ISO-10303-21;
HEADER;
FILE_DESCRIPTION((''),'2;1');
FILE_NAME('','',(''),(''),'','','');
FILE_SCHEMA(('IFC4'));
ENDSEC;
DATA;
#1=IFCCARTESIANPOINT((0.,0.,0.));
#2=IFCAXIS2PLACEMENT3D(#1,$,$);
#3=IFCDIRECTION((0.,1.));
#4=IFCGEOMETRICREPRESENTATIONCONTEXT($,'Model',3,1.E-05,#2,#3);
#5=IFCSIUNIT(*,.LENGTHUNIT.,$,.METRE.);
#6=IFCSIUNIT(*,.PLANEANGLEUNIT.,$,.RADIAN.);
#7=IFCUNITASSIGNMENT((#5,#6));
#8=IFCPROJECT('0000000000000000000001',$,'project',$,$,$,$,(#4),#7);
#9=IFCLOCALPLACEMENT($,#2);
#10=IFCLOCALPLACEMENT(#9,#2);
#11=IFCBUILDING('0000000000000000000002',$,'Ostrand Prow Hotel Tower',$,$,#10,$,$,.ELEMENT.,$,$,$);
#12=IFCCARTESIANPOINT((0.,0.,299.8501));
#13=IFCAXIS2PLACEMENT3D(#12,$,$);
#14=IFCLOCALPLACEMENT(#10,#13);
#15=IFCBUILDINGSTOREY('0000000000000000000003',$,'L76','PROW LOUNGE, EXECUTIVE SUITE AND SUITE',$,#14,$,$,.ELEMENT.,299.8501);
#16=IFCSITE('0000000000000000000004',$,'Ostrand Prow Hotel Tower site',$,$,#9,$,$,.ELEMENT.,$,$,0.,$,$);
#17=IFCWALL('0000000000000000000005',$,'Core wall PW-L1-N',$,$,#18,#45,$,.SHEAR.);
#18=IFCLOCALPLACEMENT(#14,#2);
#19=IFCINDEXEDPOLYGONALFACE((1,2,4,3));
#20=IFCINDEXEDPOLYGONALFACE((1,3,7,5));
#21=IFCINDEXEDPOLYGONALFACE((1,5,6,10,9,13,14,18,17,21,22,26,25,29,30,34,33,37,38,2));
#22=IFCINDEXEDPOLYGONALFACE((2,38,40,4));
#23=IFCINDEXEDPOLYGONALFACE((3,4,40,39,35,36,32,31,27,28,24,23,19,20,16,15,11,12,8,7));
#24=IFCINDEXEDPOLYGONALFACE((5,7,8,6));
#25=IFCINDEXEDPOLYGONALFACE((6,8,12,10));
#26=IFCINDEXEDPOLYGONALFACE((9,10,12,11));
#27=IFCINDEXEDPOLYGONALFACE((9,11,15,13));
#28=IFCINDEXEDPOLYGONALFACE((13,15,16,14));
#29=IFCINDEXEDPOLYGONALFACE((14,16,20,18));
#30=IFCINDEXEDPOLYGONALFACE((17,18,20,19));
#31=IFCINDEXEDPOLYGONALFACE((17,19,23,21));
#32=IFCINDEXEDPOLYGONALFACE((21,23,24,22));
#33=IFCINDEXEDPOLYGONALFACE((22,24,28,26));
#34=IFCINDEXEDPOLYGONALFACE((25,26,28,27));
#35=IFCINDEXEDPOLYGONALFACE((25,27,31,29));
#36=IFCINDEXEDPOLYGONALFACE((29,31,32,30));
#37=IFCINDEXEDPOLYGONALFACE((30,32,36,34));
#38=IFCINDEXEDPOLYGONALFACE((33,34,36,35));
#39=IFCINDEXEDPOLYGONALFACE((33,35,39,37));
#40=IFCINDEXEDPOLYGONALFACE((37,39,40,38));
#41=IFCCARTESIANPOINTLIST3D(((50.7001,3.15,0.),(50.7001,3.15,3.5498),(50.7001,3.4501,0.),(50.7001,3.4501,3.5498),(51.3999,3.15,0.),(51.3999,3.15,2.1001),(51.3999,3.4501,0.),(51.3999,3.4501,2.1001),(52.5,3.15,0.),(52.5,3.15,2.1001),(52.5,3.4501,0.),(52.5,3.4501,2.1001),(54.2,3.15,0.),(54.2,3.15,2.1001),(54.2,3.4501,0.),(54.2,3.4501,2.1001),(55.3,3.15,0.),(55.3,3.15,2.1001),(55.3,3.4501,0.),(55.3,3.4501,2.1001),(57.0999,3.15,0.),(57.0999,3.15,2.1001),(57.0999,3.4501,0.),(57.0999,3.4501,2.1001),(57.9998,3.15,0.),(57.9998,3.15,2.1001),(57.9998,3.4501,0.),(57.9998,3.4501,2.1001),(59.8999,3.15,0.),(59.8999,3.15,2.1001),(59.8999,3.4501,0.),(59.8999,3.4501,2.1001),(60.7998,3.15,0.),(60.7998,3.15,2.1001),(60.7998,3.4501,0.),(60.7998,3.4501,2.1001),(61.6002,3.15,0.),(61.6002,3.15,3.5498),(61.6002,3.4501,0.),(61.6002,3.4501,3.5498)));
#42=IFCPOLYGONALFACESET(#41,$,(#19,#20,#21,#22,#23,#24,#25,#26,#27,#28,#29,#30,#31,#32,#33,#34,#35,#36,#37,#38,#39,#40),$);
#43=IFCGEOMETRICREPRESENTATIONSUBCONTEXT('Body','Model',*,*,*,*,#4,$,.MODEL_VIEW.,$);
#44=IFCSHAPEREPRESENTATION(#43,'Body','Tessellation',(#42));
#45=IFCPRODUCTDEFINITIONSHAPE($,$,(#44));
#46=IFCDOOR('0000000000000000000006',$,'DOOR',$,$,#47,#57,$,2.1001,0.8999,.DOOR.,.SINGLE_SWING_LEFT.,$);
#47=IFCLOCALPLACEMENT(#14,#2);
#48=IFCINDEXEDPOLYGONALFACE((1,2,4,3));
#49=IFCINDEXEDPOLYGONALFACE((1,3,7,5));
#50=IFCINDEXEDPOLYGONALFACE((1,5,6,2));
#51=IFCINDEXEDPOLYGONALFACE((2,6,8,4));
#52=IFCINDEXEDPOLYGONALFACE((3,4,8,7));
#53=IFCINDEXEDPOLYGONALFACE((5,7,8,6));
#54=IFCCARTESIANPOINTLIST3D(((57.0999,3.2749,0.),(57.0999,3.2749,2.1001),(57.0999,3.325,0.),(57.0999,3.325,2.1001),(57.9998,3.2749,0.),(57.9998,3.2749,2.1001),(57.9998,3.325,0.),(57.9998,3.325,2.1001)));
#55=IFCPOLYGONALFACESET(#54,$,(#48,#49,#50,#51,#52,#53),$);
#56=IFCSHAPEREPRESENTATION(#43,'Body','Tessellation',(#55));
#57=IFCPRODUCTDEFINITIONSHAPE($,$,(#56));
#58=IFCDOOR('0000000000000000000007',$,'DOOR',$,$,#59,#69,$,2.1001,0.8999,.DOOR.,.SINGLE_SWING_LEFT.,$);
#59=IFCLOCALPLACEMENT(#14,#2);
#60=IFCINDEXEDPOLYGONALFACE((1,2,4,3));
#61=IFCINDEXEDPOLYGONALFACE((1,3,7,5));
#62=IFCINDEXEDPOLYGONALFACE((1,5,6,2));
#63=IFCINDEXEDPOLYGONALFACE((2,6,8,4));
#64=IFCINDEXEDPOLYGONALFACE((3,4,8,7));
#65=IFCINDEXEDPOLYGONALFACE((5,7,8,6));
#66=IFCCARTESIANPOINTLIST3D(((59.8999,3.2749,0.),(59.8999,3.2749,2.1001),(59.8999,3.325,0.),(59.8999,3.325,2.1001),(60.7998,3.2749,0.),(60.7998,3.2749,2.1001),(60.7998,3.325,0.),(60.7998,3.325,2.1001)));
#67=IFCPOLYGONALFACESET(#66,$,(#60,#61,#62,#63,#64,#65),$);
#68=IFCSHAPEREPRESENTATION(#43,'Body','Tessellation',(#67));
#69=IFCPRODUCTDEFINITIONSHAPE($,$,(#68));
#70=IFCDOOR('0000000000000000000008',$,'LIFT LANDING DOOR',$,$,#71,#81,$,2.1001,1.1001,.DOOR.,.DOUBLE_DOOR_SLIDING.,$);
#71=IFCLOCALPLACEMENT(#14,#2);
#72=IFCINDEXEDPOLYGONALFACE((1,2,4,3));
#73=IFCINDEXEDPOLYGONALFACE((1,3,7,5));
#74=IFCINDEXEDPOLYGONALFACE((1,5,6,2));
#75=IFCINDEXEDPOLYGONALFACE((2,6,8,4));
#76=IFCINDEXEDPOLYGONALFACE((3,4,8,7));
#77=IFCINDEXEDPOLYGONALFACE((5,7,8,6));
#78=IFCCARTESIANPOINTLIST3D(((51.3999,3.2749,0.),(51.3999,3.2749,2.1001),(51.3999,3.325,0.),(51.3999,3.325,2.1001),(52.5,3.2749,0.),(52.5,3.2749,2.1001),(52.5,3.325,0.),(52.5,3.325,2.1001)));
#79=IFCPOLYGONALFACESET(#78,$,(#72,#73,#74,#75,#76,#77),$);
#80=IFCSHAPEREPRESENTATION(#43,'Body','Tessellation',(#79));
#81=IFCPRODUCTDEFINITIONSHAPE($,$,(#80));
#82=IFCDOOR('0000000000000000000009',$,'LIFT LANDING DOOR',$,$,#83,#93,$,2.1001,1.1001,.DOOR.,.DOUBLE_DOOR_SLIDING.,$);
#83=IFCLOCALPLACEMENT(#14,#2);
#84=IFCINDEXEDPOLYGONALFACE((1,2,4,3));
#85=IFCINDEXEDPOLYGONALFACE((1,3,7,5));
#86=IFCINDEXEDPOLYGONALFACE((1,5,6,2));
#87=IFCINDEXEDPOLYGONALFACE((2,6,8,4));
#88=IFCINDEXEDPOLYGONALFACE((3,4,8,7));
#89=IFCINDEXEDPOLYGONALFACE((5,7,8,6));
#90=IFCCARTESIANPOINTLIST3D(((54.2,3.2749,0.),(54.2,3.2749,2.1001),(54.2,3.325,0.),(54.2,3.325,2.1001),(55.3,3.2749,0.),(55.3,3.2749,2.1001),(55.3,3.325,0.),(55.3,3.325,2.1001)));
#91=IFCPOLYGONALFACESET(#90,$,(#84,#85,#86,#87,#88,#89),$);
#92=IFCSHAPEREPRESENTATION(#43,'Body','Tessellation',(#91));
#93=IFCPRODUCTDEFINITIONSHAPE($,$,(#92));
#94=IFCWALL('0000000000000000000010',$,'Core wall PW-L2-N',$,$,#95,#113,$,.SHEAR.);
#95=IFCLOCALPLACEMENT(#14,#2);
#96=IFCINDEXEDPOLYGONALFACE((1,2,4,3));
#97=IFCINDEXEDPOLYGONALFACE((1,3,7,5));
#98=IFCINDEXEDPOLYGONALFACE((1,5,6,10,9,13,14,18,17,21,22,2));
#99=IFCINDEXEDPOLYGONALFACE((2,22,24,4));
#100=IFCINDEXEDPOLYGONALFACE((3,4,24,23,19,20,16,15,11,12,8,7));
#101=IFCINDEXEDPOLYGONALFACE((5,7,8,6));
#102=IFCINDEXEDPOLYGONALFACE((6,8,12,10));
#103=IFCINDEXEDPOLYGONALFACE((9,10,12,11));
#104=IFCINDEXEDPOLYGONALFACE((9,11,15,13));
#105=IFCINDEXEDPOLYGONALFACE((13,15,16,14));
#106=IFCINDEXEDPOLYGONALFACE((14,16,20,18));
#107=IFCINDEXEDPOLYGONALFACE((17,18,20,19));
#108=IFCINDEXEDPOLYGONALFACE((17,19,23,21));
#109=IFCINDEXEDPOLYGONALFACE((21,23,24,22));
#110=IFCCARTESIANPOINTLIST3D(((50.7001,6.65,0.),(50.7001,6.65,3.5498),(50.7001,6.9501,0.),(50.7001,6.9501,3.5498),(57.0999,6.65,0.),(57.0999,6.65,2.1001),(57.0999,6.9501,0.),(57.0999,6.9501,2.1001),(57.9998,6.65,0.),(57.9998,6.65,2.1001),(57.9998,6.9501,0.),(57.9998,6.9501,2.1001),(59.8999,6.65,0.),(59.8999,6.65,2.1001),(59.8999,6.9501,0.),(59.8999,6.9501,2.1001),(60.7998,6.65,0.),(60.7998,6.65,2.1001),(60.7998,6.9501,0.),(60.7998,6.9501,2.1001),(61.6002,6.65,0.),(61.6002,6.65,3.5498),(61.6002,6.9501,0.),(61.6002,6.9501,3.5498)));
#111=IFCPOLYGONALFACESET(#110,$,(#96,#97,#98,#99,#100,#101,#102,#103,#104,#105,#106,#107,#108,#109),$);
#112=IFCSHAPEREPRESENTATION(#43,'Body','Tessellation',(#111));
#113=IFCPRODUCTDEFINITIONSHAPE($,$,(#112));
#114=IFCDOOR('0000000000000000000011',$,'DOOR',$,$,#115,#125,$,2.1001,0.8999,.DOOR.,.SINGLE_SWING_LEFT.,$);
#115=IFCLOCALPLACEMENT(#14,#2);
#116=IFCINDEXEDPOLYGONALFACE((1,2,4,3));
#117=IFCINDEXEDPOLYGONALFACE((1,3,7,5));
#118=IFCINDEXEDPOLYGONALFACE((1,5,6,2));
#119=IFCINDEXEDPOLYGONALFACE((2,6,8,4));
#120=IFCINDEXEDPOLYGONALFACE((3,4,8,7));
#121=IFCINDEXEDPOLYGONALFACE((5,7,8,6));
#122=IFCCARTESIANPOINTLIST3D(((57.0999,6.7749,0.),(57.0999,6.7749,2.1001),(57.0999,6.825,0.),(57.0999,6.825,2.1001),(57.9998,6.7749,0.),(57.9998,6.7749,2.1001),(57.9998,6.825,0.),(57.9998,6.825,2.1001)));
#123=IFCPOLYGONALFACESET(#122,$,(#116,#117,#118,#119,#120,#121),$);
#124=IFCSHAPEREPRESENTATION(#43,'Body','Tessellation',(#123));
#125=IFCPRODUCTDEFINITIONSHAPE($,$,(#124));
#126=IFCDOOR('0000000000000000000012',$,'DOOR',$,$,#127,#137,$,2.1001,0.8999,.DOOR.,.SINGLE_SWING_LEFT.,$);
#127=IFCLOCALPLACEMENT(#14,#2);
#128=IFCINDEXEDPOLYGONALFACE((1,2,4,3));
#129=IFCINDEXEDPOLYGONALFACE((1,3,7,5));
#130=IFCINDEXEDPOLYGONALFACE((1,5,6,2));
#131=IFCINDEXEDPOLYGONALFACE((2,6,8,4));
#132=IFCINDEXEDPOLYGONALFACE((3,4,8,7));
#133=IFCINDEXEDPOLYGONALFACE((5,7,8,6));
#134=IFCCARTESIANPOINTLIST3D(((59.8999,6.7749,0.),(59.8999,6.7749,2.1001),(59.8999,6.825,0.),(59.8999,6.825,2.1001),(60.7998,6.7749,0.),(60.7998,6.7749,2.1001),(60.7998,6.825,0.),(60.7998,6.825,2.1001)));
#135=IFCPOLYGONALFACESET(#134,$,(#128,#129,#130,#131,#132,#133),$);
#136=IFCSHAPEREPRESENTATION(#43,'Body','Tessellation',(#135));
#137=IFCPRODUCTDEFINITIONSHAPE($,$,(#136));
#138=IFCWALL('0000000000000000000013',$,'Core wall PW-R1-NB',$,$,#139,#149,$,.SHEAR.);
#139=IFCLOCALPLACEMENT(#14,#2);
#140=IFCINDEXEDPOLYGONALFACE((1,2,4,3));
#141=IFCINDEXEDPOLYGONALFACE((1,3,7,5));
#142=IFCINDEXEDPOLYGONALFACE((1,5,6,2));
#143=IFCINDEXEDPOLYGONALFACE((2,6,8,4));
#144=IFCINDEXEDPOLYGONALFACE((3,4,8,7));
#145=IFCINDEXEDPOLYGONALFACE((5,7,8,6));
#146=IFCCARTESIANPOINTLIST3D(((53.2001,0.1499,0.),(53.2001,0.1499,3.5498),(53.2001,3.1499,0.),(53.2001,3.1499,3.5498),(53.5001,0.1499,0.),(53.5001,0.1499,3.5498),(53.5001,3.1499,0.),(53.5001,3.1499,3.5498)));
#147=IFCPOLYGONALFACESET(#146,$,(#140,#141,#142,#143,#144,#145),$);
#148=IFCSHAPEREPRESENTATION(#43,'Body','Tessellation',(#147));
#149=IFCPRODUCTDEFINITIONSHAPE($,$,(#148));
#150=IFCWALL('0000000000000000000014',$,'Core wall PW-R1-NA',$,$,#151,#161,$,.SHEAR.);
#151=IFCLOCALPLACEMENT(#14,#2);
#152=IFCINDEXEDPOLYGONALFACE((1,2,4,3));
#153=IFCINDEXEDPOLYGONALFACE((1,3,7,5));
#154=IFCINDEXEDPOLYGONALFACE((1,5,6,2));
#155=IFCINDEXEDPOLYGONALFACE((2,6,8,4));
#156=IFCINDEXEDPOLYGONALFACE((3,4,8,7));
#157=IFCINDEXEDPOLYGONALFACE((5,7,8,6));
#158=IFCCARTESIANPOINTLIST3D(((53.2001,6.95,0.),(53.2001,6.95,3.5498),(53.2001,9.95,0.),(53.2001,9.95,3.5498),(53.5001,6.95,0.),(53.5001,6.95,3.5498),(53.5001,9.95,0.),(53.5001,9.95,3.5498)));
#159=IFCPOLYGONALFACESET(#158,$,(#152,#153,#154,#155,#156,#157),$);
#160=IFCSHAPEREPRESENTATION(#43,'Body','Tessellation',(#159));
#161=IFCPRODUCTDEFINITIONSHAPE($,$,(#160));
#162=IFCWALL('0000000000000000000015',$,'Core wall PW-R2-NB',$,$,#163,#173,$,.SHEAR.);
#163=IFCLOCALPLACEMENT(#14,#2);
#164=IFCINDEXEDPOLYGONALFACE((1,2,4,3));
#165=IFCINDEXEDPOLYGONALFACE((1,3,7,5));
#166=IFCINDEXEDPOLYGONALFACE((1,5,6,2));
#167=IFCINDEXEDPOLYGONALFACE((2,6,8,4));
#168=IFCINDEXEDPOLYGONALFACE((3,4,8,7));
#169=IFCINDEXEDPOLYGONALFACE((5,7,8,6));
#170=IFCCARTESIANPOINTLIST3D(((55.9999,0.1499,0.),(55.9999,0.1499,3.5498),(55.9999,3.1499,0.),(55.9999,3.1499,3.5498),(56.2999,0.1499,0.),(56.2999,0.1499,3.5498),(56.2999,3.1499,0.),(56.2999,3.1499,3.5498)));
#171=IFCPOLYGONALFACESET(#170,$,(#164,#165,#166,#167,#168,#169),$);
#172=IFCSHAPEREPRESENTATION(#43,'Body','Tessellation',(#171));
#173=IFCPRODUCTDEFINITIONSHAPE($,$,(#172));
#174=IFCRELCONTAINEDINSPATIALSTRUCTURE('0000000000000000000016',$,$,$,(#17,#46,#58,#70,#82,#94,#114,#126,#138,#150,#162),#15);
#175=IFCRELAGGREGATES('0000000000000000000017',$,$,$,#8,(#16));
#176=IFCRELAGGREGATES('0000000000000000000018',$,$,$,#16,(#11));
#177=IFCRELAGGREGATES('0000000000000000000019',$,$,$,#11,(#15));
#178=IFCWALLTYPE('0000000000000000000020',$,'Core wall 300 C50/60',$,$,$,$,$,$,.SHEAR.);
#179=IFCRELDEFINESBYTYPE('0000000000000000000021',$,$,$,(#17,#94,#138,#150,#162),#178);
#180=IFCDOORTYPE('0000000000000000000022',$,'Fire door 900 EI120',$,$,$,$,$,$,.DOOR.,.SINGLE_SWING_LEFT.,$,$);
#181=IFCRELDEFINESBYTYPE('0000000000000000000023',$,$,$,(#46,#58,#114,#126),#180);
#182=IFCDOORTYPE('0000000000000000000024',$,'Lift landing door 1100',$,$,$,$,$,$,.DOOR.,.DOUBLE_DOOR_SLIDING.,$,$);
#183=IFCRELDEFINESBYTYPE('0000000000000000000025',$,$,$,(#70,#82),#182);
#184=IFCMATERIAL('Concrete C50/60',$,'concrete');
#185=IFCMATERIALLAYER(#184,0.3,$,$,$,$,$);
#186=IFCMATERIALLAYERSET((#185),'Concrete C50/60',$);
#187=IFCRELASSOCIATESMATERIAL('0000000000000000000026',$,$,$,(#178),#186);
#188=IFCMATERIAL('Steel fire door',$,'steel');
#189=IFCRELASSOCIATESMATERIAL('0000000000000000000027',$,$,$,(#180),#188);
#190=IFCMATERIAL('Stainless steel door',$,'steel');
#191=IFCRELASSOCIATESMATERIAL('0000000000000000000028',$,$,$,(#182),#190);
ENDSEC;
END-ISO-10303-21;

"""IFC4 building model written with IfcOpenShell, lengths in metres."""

from ifc_helpers import new_model, si_unit, direction, frame, frame_2d, origin, place, context, subcontext, project, spatial, rectangle, extrude, material, layer, layer_set, type_object, element, fill, save


model = new_model("IFC4")

# Units and contexts
model_context = context("Model", 3, precision=1e-05, world=origin(), true_north=direction((0.0, 1.0)))
body_context = subcontext(model_context, "Body", "Model", "MODEL_VIEW")
ifc_project = project(units=[si_unit("LENGTHUNIT", "METRE"), si_unit("PLANEANGLEUNIT", "RADIAN")], contexts=[model_context])

# Site, building, storey
site_placement = place(None, origin())
site = spatial("IfcSite", under=ifc_project, at=site_placement, Name="Ostrand Prow Hotel Tower site", CompositionType="ELEMENT", RefElevation=0.0)
building_placement = place(site_placement, origin())
building = spatial("IfcBuilding", under=site, at=building_placement, Name="Ostrand Prow Hotel Tower", CompositionType="ELEMENT")
storey_placement = place(building_placement, frame((0.0, 0.0, 299.8501)))
storey = spatial("IfcBuildingStorey", under=building, at=storey_placement, Name="L76", Description="PROW LOUNGE, EXECUTIVE SUITE AND SUITE", CompositionType="ELEMENT", Elevation=299.8501)

# Walls, openings, doors
ifc_material_1 = material(Name="Concrete C50/60", Category="concrete")
ifc_layer_1 = layer(ifc_material_1, 0.3)
ifc_layer_set_1 = layer_set([ifc_layer_1], Name="Concrete C50/60")
wall_type_1 = type_object("IfcWallType", Name="Core wall 300 C50/60", PredefinedType="SHEAR", material=ifc_layer_set_1)
wall_1_placement = place(storey_placement, frame((50.7, 3.3, 0.0), z_axis=(0.0, 0.0, 1.0), x_axis=(1.0, 0.0, 0.0)))
wall_1 = element("IfcWall", 1, at=wall_1_placement, inside=storey, type_object=wall_type_1, Name="Core wall PW-L1-N", PredefinedType="SHEAR", context=body_context, shape_type="SweptSolid", body=[
    extrude(rectangle(XDim=10.9001, YDim=0.3, at=frame_2d((5.4502, 0.0))), origin(), (0.0, 0.0, 1.0), 3.5498),
])
opening_1_placement = place(wall_1_placement, frame((0.7, 0.0, 0.0)))
opening_1 = element("IfcOpeningElement", 2, at=opening_1_placement, cuts=wall_1, PredefinedType="OPENING", context=body_context, shape_type="SweptSolid", body=[
    extrude(rectangle(XDim=1.1001, YDim=2.1001, at=frame_2d((0.55, 1.05))), frame((0.0, 0.1599, 0.0), z_axis=(0.0, -1.0, 0.0), x_axis=(1.0, 0.0, 0.0)), (0.0, 0.0, 1.0), 0.3201),
])
opening_2_placement = place(wall_1_placement, frame((3.5, 0.0, 0.0)))
opening_2 = element("IfcOpeningElement", 3, at=opening_2_placement, cuts=wall_1, PredefinedType="OPENING", context=body_context, shape_type="SweptSolid", body=[
    extrude(rectangle(XDim=1.1001, YDim=2.1001, at=frame_2d((0.55, 1.05))), frame((0.0, 0.1599, 0.0), z_axis=(0.0, -1.0, 0.0), x_axis=(1.0, 0.0, 0.0)), (0.0, 0.0, 1.0), 0.3201),
])
opening_3_placement = place(wall_1_placement, frame((6.3999, 0.0, 0.0)))
opening_3 = element("IfcOpeningElement", 4, at=opening_3_placement, cuts=wall_1, PredefinedType="OPENING", context=body_context, shape_type="SweptSolid", body=[
    extrude(rectangle(XDim=0.8999, YDim=2.1001, at=frame_2d((0.45, 1.05))), frame((0.0, 0.1599, 0.0), z_axis=(0.0, -1.0, 0.0), x_axis=(1.0, 0.0, 0.0)), (0.0, 0.0, 1.0), 0.3201),
])
opening_4_placement = place(wall_1_placement, frame((9.2, 0.0, 0.0)))
opening_4 = element("IfcOpeningElement", 5, at=opening_4_placement, cuts=wall_1, PredefinedType="OPENING", context=body_context, shape_type="SweptSolid", body=[
    extrude(rectangle(XDim=0.8999, YDim=2.1001, at=frame_2d((0.45, 1.05))), frame((0.0, 0.1599, 0.0), z_axis=(0.0, -1.0, 0.0), x_axis=(1.0, 0.0, 0.0)), (0.0, 0.0, 1.0), 0.3201),
])
ifc_material_2 = material(Name="Steel fire door", Category="steel")
door_type_1 = type_object("IfcDoorType", Name="Fire door 900 EI120", OperationType="SINGLE_SWING_LEFT", PredefinedType="DOOR", material=ifc_material_2)
door_1_placement = place(opening_3_placement, origin())
door_1 = element("IfcDoor", 6, at=door_1_placement, inside=storey, type_object=door_type_1, Name="DOOR", OperationType="SINGLE_SWING_LEFT", OverallHeight=2.1001, OverallWidth=0.8999, PredefinedType="DOOR", context=body_context, shape_type="SweptSolid", body=[
    extrude(rectangle(XDim=0.8999, YDim=2.1001, at=frame_2d((0.45, 1.05))), frame((0.0, 0.0249, 0.0), z_axis=(0.0, -1.0, 0.0), x_axis=(1.0, 0.0, 0.0)), (0.0, 0.0, 1.0), 0.05),
])
fill(opening_3, door_1)
door_2_placement = place(opening_4_placement, origin())
door_2 = element("IfcDoor", 7, at=door_2_placement, inside=storey, type_object=door_type_1, Name="DOOR", OperationType="SINGLE_SWING_LEFT", OverallHeight=2.1001, OverallWidth=0.8999, PredefinedType="DOOR", context=body_context, shape_type="SweptSolid", body=[
    extrude(rectangle(XDim=0.8999, YDim=2.1001, at=frame_2d((0.45, 1.05))), frame((0.0, 0.0249, 0.0), z_axis=(0.0, -1.0, 0.0), x_axis=(1.0, 0.0, 0.0)), (0.0, 0.0, 1.0), 0.05),
])
fill(opening_4, door_2)
ifc_material_3 = material(Name="Stainless steel door", Category="steel")
door_type_2 = type_object("IfcDoorType", Name="Lift landing door 1100", OperationType="DOUBLE_DOOR_SLIDING", PredefinedType="DOOR", material=ifc_material_3)
door_3_placement = place(opening_1_placement, origin())
door_3 = element("IfcDoor", 8, at=door_3_placement, inside=storey, type_object=door_type_2, Name="LIFT LANDING DOOR", OperationType="DOUBLE_DOOR_SLIDING", OverallHeight=2.1001, OverallWidth=1.1001, PredefinedType="DOOR", context=body_context, shape_type="SweptSolid", body=[
    extrude(rectangle(XDim=1.1001, YDim=2.1001, at=frame_2d((0.55, 1.05))), frame((0.0, 0.0249, 0.0), z_axis=(0.0, -1.0, 0.0), x_axis=(1.0, 0.0, 0.0)), (0.0, 0.0, 1.0), 0.05),
])
fill(opening_1, door_3)
door_4_placement = place(opening_2_placement, origin())
door_4 = element("IfcDoor", 9, at=door_4_placement, inside=storey, type_object=door_type_2, Name="LIFT LANDING DOOR", OperationType="DOUBLE_DOOR_SLIDING", OverallHeight=2.1001, OverallWidth=1.1001, PredefinedType="DOOR", context=body_context, shape_type="SweptSolid", body=[
    extrude(rectangle(XDim=1.1001, YDim=2.1001, at=frame_2d((0.55, 1.05))), frame((0.0, 0.0249, 0.0), z_axis=(0.0, -1.0, 0.0), x_axis=(1.0, 0.0, 0.0)), (0.0, 0.0, 1.0), 0.05),
])
fill(opening_2, door_4)
wall_2_placement = place(storey_placement, frame((50.7, 6.8, 0.0), z_axis=(0.0, 0.0, 1.0), x_axis=(1.0, 0.0, 0.0)))
wall_2 = element("IfcWall", 10, at=wall_2_placement, inside=storey, type_object=wall_type_1, Name="Core wall PW-L2-N", PredefinedType="SHEAR", context=body_context, shape_type="SweptSolid", body=[
    extrude(rectangle(XDim=10.9001, YDim=0.3, at=frame_2d((5.4502, 0.0))), origin(), (0.0, 0.0, 1.0), 3.5498),
])
opening_5_placement = place(wall_2_placement, frame((6.3999, 0.0, 0.0)))
opening_5 = element("IfcOpeningElement", 11, at=opening_5_placement, cuts=wall_2, PredefinedType="OPENING", context=body_context, shape_type="SweptSolid", body=[
    extrude(rectangle(XDim=0.8999, YDim=2.1001, at=frame_2d((0.45, 1.05))), frame((0.0, 0.1599, 0.0), z_axis=(0.0, -1.0, 0.0), x_axis=(1.0, 0.0, 0.0)), (0.0, 0.0, 1.0), 0.3201),
])
opening_6_placement = place(wall_2_placement, frame((9.2, 0.0, 0.0)))
opening_6 = element("IfcOpeningElement", 12, at=opening_6_placement, cuts=wall_2, PredefinedType="OPENING", context=body_context, shape_type="SweptSolid", body=[
    extrude(rectangle(XDim=0.8999, YDim=2.1001, at=frame_2d((0.45, 1.05))), frame((0.0, 0.1599, 0.0), z_axis=(0.0, -1.0, 0.0), x_axis=(1.0, 0.0, 0.0)), (0.0, 0.0, 1.0), 0.3201),
])
door_5_placement = place(opening_5_placement, origin())
door_5 = element("IfcDoor", 13, at=door_5_placement, inside=storey, type_object=door_type_1, Name="DOOR", OperationType="SINGLE_SWING_LEFT", OverallHeight=2.1001, OverallWidth=0.8999, PredefinedType="DOOR", context=body_context, shape_type="SweptSolid", body=[
    extrude(rectangle(XDim=0.8999, YDim=2.1001, at=frame_2d((0.45, 1.05))), frame((0.0, 0.0249, 0.0), z_axis=(0.0, -1.0, 0.0), x_axis=(1.0, 0.0, 0.0)), (0.0, 0.0, 1.0), 0.05),
])
fill(opening_5, door_5)
door_6_placement = place(opening_6_placement, origin())
door_6 = element("IfcDoor", 14, at=door_6_placement, inside=storey, type_object=door_type_1, Name="DOOR", OperationType="SINGLE_SWING_LEFT", OverallHeight=2.1001, OverallWidth=0.8999, PredefinedType="DOOR", context=body_context, shape_type="SweptSolid", body=[
    extrude(rectangle(XDim=0.8999, YDim=2.1001, at=frame_2d((0.45, 1.05))), frame((0.0, 0.0249, 0.0), z_axis=(0.0, -1.0, 0.0), x_axis=(1.0, 0.0, 0.0)), (0.0, 0.0, 1.0), 0.05),
])
fill(opening_6, door_6)

# Walls
for number, where, z_axis, x_axis, name in (
    (15, (53.3501, 0.1499, 0.0), (0.0, 0.0, 1.0), (0.0, 1.0, 0.0), "Core wall PW-R1-NB"),
    (16, (53.3501, 6.95, 0.0), (0.0, 0.0, 1.0), (0.0, 1.0, 0.0), "Core wall PW-R1-NA"),
    (17, (56.1499, 0.1499, 0.0), (0.0, 0.0, 1.0), (0.0, 1.0, 0.0), "Core wall PW-R2-NB"),
):
    element("IfcWall", number, at=place(storey_placement, frame(where, z_axis=z_axis, x_axis=x_axis)), inside=storey, type_object=wall_type_1, Name=name, PredefinedType="SHEAR", context=body_context, shape_type="SweptSolid", body=[
        extrude(rectangle(XDim=3.0, YDim=0.3, at=frame_2d((1.5, 0.0))), origin(), (0.0, 0.0, 1.0), 3.5498),
    ])

save(model, "model.ifc")
